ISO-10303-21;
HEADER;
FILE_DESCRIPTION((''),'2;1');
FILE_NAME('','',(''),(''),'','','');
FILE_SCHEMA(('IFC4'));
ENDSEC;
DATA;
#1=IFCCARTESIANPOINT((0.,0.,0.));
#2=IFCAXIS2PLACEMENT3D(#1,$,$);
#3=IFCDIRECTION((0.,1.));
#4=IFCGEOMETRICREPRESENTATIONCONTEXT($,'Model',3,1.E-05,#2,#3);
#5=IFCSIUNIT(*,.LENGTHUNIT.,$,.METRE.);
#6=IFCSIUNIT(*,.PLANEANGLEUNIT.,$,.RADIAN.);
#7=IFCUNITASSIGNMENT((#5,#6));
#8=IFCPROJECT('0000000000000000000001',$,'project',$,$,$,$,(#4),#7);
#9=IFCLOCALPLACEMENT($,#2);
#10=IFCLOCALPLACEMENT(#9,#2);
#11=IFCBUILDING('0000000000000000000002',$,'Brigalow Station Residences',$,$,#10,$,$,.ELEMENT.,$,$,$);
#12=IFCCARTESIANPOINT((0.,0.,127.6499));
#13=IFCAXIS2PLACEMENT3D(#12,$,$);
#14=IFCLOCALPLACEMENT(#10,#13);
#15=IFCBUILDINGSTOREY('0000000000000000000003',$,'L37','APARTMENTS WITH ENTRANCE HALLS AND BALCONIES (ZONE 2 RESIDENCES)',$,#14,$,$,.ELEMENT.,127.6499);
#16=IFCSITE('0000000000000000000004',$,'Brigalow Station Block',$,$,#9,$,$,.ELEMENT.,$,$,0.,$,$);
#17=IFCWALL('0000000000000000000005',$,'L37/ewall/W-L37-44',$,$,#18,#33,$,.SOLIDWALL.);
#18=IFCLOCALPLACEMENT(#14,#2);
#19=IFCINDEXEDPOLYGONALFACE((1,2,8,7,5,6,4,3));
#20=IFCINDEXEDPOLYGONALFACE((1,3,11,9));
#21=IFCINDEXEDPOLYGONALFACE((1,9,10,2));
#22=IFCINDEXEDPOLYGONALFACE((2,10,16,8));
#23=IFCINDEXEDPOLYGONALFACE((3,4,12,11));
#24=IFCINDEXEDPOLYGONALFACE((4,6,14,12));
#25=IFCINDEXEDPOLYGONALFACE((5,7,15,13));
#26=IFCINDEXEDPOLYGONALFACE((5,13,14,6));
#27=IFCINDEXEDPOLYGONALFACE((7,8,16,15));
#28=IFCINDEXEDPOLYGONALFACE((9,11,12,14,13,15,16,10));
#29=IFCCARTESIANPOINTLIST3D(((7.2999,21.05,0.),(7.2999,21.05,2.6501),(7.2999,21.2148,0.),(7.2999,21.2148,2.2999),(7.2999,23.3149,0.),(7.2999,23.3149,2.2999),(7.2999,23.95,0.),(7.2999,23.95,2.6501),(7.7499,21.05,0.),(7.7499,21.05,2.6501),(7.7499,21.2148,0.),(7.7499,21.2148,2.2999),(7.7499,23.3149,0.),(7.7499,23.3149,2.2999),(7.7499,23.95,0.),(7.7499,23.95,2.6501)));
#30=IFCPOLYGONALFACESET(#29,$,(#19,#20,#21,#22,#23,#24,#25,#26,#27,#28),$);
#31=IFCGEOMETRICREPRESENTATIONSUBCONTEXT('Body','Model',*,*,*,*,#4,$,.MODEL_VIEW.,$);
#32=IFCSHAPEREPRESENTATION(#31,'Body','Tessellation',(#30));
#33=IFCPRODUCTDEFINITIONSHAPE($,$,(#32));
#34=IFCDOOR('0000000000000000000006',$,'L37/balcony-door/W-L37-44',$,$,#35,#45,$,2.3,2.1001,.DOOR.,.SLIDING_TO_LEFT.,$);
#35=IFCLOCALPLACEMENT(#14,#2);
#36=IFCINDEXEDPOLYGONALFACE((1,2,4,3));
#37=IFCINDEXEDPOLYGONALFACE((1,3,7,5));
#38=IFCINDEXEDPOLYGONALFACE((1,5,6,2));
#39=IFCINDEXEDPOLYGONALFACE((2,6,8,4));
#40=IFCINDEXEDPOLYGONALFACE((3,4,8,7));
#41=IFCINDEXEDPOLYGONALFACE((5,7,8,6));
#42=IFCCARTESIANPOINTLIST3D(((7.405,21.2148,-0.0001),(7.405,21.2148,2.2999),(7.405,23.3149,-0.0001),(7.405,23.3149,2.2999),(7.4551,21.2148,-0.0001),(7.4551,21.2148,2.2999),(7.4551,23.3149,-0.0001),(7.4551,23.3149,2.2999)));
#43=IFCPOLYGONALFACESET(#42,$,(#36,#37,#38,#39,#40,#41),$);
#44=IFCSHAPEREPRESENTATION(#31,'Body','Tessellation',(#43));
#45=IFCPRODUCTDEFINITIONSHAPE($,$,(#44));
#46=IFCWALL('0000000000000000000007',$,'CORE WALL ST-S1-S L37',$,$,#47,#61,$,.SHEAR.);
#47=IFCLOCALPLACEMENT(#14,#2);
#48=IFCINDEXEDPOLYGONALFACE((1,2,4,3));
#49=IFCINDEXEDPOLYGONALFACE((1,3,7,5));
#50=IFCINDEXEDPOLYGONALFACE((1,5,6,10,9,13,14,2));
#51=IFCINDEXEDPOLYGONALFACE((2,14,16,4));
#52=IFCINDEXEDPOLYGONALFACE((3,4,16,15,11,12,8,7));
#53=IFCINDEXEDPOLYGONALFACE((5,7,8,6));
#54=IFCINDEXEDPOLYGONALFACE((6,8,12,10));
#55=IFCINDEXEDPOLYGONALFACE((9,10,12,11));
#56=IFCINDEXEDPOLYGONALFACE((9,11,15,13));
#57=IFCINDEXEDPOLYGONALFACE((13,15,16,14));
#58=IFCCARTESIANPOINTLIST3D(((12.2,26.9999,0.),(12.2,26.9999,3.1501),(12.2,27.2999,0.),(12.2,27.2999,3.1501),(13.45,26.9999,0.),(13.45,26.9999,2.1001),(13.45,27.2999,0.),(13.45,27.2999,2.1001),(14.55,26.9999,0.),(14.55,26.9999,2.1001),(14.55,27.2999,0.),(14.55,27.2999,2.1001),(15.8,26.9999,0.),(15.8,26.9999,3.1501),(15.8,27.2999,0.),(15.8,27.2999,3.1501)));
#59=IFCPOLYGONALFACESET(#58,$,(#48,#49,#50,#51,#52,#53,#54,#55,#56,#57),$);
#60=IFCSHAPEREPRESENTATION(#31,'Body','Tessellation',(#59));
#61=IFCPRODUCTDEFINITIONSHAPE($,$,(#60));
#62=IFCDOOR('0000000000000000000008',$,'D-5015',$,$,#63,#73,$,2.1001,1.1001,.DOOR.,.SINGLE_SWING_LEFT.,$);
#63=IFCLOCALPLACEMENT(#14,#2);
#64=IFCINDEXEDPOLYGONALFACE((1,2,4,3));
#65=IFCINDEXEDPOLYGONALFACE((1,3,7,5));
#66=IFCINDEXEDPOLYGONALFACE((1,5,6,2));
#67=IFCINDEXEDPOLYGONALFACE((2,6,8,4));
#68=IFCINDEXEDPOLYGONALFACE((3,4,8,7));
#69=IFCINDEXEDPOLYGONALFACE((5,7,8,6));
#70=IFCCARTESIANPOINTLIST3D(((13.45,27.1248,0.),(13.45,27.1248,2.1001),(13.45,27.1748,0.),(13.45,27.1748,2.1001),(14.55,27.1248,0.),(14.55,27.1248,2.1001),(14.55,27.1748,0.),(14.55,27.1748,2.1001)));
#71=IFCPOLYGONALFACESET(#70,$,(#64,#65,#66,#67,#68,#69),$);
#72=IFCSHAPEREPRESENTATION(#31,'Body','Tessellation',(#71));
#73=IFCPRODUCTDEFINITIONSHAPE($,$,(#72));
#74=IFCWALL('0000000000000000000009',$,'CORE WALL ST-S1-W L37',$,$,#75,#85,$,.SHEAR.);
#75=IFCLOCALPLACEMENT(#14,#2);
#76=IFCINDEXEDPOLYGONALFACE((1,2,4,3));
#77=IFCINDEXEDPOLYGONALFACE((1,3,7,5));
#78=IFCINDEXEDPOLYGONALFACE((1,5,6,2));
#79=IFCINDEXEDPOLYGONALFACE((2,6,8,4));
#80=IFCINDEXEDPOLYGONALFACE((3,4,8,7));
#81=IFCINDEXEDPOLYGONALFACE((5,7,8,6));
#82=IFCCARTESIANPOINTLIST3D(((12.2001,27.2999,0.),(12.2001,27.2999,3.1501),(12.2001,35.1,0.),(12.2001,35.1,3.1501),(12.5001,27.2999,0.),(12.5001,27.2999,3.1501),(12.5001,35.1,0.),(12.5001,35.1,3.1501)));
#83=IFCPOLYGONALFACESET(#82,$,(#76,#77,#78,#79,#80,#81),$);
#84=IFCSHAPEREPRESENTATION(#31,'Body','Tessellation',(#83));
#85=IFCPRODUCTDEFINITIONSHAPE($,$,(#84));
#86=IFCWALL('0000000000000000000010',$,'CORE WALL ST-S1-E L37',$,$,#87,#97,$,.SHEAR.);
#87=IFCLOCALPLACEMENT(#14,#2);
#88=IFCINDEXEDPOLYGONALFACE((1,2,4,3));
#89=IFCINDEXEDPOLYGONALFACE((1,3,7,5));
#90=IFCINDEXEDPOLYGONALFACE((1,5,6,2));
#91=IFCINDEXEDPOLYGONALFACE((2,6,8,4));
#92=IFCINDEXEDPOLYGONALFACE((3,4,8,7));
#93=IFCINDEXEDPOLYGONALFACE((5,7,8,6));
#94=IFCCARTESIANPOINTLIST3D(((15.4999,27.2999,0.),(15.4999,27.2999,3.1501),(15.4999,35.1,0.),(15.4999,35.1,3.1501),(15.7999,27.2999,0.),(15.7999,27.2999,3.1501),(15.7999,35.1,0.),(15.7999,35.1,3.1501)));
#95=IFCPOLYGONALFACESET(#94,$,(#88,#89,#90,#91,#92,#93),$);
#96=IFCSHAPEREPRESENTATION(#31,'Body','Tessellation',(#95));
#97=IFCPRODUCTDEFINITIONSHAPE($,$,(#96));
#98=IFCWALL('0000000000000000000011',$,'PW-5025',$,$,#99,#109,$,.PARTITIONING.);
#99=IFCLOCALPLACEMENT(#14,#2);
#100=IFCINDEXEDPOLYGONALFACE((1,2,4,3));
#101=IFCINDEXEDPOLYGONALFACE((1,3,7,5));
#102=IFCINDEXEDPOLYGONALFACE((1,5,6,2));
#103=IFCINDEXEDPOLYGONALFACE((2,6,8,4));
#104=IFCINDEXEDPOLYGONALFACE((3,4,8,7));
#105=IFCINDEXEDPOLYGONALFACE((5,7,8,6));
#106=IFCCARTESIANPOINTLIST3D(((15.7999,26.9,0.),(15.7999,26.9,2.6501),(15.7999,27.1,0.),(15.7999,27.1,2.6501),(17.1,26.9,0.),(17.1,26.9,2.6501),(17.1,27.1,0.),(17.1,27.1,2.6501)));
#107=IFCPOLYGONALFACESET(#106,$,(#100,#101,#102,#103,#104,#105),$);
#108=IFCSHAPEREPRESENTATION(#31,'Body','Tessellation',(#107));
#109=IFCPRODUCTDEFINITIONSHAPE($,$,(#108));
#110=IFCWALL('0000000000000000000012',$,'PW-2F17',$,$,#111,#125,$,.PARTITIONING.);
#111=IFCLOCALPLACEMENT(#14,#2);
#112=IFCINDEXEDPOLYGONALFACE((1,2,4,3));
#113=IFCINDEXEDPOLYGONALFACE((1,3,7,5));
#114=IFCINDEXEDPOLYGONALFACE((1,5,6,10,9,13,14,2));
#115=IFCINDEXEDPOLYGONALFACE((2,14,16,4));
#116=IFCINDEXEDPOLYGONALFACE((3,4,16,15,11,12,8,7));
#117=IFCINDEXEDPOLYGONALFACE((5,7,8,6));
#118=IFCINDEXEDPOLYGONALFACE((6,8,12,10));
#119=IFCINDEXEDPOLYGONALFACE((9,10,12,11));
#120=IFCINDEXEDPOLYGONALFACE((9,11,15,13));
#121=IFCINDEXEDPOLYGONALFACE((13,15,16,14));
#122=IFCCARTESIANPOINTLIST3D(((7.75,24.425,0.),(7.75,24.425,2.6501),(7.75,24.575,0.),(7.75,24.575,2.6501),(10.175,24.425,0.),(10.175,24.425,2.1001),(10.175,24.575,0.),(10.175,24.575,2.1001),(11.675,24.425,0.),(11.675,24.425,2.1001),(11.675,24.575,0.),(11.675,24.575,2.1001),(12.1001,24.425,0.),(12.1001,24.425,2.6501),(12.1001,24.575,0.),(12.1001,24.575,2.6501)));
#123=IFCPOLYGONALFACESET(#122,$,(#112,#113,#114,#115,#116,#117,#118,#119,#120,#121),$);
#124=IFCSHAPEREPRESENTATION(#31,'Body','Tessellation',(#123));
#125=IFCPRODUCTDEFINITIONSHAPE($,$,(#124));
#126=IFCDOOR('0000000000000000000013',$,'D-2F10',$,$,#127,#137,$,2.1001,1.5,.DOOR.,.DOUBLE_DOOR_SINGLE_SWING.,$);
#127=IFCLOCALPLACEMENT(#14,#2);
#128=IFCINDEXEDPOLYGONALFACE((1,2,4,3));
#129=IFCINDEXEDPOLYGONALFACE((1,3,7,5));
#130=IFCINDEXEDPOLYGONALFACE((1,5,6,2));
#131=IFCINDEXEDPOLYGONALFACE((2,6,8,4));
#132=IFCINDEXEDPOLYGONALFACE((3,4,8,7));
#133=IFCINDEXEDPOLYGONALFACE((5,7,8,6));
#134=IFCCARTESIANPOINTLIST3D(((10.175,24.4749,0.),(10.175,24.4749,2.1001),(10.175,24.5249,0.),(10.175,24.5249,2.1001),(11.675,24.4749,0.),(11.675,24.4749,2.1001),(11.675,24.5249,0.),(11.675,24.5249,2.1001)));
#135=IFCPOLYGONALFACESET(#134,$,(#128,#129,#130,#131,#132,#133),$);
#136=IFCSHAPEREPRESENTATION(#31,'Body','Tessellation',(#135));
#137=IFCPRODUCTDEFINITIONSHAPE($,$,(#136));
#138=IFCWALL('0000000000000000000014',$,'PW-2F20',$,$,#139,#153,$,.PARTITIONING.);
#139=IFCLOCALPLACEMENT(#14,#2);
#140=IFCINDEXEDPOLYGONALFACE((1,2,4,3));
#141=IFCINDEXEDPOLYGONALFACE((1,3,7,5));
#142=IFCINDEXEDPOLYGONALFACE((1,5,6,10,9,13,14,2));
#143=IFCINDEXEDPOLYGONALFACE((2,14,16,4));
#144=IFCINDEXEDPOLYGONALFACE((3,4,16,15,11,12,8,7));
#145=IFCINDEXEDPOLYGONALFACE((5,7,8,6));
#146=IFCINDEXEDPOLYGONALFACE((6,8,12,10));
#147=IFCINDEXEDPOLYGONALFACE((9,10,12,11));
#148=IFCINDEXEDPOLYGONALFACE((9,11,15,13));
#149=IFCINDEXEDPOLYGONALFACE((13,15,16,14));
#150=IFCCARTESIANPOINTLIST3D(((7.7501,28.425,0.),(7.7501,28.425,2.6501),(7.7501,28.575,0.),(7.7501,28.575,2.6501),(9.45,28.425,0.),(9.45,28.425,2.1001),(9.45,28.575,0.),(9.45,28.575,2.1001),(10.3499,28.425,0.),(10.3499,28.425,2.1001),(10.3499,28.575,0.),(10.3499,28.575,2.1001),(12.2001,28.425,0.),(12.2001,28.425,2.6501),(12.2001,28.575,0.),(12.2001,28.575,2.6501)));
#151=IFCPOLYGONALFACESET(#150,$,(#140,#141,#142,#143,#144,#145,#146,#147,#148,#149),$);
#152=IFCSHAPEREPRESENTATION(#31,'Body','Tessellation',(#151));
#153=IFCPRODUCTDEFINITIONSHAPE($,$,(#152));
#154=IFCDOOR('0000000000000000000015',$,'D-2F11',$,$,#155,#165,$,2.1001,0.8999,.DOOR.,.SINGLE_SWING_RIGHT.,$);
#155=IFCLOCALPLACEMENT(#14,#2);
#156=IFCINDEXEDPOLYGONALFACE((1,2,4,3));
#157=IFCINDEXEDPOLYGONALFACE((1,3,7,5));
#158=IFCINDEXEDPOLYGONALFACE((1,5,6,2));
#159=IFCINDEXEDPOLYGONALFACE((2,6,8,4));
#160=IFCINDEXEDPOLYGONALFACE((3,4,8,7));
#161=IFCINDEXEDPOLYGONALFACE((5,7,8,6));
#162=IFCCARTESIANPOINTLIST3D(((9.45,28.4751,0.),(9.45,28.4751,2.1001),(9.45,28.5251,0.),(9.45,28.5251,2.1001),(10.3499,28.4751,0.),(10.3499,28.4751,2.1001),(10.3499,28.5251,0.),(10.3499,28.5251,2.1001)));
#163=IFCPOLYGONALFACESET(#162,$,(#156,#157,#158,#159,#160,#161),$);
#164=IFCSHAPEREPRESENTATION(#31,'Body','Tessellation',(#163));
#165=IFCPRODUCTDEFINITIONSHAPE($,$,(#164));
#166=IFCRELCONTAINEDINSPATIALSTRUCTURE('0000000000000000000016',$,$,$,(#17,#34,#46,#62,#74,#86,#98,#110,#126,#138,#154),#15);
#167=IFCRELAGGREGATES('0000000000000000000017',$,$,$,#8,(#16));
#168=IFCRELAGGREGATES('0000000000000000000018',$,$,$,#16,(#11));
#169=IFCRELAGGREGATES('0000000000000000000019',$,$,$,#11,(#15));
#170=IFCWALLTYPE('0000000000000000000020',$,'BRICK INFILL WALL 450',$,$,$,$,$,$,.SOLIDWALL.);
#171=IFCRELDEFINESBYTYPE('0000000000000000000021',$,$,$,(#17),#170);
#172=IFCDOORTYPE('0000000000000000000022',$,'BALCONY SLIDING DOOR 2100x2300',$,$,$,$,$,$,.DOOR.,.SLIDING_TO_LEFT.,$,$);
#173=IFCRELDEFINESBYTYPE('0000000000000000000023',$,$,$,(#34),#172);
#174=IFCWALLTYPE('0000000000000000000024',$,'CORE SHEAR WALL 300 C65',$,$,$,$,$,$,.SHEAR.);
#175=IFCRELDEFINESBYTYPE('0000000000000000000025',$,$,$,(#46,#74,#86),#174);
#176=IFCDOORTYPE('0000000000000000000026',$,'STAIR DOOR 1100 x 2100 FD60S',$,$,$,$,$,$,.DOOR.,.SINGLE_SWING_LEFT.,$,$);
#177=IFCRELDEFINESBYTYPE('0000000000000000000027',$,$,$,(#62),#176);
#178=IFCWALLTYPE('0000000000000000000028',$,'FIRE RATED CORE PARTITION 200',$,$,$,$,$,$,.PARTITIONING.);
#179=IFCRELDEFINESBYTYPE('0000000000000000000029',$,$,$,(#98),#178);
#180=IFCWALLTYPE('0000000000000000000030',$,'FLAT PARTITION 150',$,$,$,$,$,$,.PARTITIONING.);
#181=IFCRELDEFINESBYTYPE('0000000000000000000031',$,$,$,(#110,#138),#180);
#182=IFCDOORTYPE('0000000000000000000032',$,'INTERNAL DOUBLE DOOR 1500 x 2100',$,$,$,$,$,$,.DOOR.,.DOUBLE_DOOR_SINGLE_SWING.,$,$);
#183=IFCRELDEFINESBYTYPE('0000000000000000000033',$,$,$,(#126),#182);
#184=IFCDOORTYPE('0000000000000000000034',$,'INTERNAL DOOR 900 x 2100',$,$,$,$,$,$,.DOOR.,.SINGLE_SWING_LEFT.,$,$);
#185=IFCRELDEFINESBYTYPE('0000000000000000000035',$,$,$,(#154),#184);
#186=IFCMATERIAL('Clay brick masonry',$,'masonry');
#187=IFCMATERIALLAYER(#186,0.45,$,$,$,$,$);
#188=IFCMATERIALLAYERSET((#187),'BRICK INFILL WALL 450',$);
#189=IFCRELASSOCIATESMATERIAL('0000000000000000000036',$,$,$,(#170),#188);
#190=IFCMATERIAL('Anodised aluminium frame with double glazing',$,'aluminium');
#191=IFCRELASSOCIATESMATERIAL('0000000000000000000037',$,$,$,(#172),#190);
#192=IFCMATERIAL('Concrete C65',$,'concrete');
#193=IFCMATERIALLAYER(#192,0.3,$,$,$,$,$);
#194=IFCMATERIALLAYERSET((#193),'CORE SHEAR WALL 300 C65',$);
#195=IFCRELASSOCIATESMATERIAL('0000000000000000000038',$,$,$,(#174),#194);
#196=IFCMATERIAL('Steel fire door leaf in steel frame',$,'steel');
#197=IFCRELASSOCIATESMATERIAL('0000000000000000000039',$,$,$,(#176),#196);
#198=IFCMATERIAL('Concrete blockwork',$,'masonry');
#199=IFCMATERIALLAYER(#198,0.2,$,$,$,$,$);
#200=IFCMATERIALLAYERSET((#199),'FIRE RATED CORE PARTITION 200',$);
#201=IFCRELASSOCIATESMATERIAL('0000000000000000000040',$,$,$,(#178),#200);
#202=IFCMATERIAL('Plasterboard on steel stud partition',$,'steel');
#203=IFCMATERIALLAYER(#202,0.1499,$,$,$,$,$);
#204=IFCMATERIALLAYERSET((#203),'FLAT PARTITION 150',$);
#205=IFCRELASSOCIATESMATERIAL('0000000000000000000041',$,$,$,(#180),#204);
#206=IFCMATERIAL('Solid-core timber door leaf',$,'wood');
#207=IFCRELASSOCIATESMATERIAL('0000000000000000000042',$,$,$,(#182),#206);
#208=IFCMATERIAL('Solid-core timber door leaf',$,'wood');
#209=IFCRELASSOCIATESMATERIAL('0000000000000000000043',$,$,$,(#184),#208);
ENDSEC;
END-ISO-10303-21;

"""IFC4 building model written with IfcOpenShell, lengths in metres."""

from ifc_helpers import new_model, si_unit, direction, frame, frame_2d, origin, place, context, subcontext, project, spatial, rectangle, extrude, material, layer, layer_set, type_object, element, fill, save


model = new_model("IFC4")

# Units and contexts
model_context = context("Model", 3, precision=1e-05, world=origin(), true_north=direction((0.0, 1.0)))
body_context = subcontext(model_context, "Body", "Model", "MODEL_VIEW")
ifc_project = project(units=[si_unit("LENGTHUNIT", "METRE"), si_unit("PLANEANGLEUNIT", "RADIAN")], contexts=[model_context])

# Site, building, storey
site_placement = place(None, origin())
site = spatial("IfcSite", under=ifc_project, at=site_placement, Name="Brigalow Station Block", CompositionType="ELEMENT", RefElevation=0.0)
building_placement = place(site_placement, origin())
building = spatial("IfcBuilding", under=site, at=building_placement, Name="Brigalow Station Residences", CompositionType="ELEMENT")
storey_placement = place(building_placement, frame((0.0, 0.0, 127.6499)))
storey = spatial("IfcBuildingStorey", under=building, at=storey_placement, Name="L37", Description="APARTMENTS WITH ENTRANCE HALLS AND BALCONIES (ZONE 2 RESIDENCES)", CompositionType="ELEMENT", Elevation=127.6499)

# Shared definitions
ifc_material_1 = material(Name="Clay brick masonry", Category="masonry")
ifc_layer_1 = layer(ifc_material_1, 0.45)
ifc_layer_set_1 = layer_set([ifc_layer_1], Name="BRICK INFILL WALL 450")
wall_type_1 = type_object("IfcWallType", Name="BRICK INFILL WALL 450", PredefinedType="SOLIDWALL", material=ifc_layer_set_1)

# Walls, openings, doors
wall_1_placement = place(storey_placement, frame((7.5249, 23.95, 0.0), z_axis=(0.0, 0.0, 1.0), x_axis=(0.0, -1.0, 0.0)))
wall_1 = element("IfcWall", 1, at=wall_1_placement, inside=storey, type_object=wall_type_1, Name="L37/ewall/W-L37-44", PredefinedType="SOLIDWALL", context=body_context, shape_type="SweptSolid", body=[
    extrude(rectangle(XDim=2.8999, YDim=0.45, at=frame_2d((1.45, 0.0))), origin(), (0.0, 0.0, 1.0), 2.6501),
])
opening_1_placement = place(wall_1_placement, frame((0.635, 0.0, 0.0)))
opening_1 = element("IfcOpeningElement", 2, at=opening_1_placement, cuts=wall_1, PredefinedType="OPENING", context=body_context, shape_type="SweptSolid", body=[
    extrude(rectangle(XDim=2.1001, YDim=2.3, at=frame_2d((1.05, 1.1499))), frame((0.0, 0.2349, 0.0), z_axis=(0.0, -1.0, 0.0), x_axis=(1.0, 0.0, 0.0)), (0.0, 0.0, 1.0), 0.47),
])
ifc_material_2 = material(Name="Anodised aluminium frame with double glazing", Category="aluminium")
door_type_1 = type_object("IfcDoorType", Name="BALCONY SLIDING DOOR 2100x2300", OperationType="SLIDING_TO_LEFT", PredefinedType="DOOR", material=ifc_material_2)
door_1_placement = place(opening_1_placement, origin())
door_1 = element("IfcDoor", 3, at=door_1_placement, inside=storey, type_object=door_type_1, Name="L37/balcony-door/W-L37-44", OperationType="SLIDING_TO_LEFT", OverallHeight=2.3, OverallWidth=2.1001, PredefinedType="DOOR", context=body_context, shape_type="SweptSolid", body=[
    extrude(rectangle(XDim=2.1001, YDim=2.3, at=frame_2d((1.05, 1.1499))), frame((0.0, -0.0698, 0.0), z_axis=(0.0, -1.0, 0.0), x_axis=(1.0, 0.0, 0.0)), (0.0, 0.0, 1.0), 0.05),
])
fill(opening_1, door_1)
ifc_material_3 = material(Name="Concrete C65", Category="concrete")
ifc_layer_2 = layer(ifc_material_3, 0.3)
ifc_layer_set_2 = layer_set([ifc_layer_2], Name="CORE SHEAR WALL 300 C65")
wall_type_2 = type_object("IfcWallType", Name="CORE SHEAR WALL 300 C65", PredefinedType="SHEAR", material=ifc_layer_set_2)
wall_2_placement = place(storey_placement, frame((12.2, 27.1499, 0.0), z_axis=(0.0, 0.0, 1.0), x_axis=(1.0, 0.0, 0.0)))
wall_2 = element("IfcWall", 4, at=wall_2_placement, inside=storey, type_object=wall_type_2, Name="CORE WALL ST-S1-S L37", PredefinedType="SHEAR", context=body_context, shape_type="SweptSolid", body=[
    extrude(rectangle(XDim=3.6001, YDim=0.3, at=frame_2d((1.8, 0.0))), origin(), (0.0, 0.0, 1.0), 3.1501),
])
opening_2_placement = place(wall_2_placement, frame((1.25, 0.0, 0.0)))
opening_2 = element("IfcOpeningElement", 5, at=opening_2_placement, cuts=wall_2, PredefinedType="OPENING", context=body_context, shape_type="SweptSolid", body=[
    extrude(rectangle(XDim=1.1001, YDim=2.1001, at=frame_2d((0.55, 1.05))), frame((0.0, 0.1602, 0.0), z_axis=(0.0, -1.0, 0.0), x_axis=(1.0, 0.0, 0.0)), (0.0, 0.0, 1.0), 0.3201),
])
ifc_material_4 = material(Name="Steel fire door leaf in steel frame", Category="steel")
door_type_2 = type_object("IfcDoorType", Name="STAIR DOOR 1100 x 2100 FD60S", OperationType="SINGLE_SWING_LEFT", PredefinedType="DOOR", material=ifc_material_4)
door_2_placement = place(opening_2_placement, origin())
door_2 = element("IfcDoor", 6, at=door_2_placement, inside=storey, type_object=door_type_2, Name="D-5015", OperationType="SINGLE_SWING_LEFT", OverallHeight=2.1001, OverallWidth=1.1001, PredefinedType="DOOR", context=body_context, shape_type="SweptSolid", body=[
    extrude(rectangle(XDim=1.1001, YDim=2.1001, at=frame_2d((0.55, 1.05))), frame((0.0, 0.0249, 0.0), z_axis=(0.0, -1.0, 0.0), x_axis=(1.0, 0.0, 0.0)), (0.0, 0.0, 1.0), 0.05),
])
fill(opening_2, door_2)

# Walls
for number, where, z_axis, x_axis, name in (
    (7, (12.3501, 27.3, 0.0), (0.0, 0.0, 1.0), (0.0, 1.0, 0.0), "CORE WALL ST-S1-W L37"),
    (8, (15.6499, 27.3, 0.0), (0.0, 0.0, 1.0), (0.0, 1.0, 0.0), "CORE WALL ST-S1-E L37"),
):
    element("IfcWall", number, at=place(storey_placement, frame(where, z_axis=z_axis, x_axis=x_axis)), inside=storey, type_object=wall_type_2, Name=name, PredefinedType="SHEAR", context=body_context, shape_type="SweptSolid", body=[
        extrude(rectangle(XDim=7.8, YDim=0.3, at=frame_2d((3.8999, 0.0))), origin(), (0.0, 0.0, 1.0), 3.1501),
    ])
ifc_material_5 = material(Name="Concrete blockwork", Category="masonry")
ifc_layer_3 = layer(ifc_material_5, 0.2)
ifc_layer_set_3 = layer_set([ifc_layer_3], Name="FIRE RATED CORE PARTITION 200")
wall_type_3 = type_object("IfcWallType", Name="FIRE RATED CORE PARTITION 200", PredefinedType="PARTITIONING", material=ifc_layer_set_3)
wall_3_placement = place(storey_placement, frame((15.8, 27.0, 0.0), z_axis=(0.0, 0.0, 1.0), x_axis=(1.0, 0.0, 0.0)))
element("IfcWall", 9, at=wall_3_placement, inside=storey, type_object=wall_type_3, Name="PW-5025", PredefinedType="PARTITIONING", context=body_context, shape_type="SweptSolid", body=[
    extrude(rectangle(XDim=1.3, YDim=0.2, at=frame_2d((0.6499, 0.0))), origin(), (0.0, 0.0, 1.0), 2.6501),
])

# Walls, openings, doors
ifc_material_6 = material(Name="Plasterboard on steel stud partition", Category="steel")
ifc_layer_4 = layer(ifc_material_6, 0.1499)
ifc_layer_set_4 = layer_set([ifc_layer_4], Name="FLAT PARTITION 150")
wall_type_4 = type_object("IfcWallType", Name="FLAT PARTITION 150", PredefinedType="PARTITIONING", material=ifc_layer_set_4)
wall_4_placement = place(storey_placement, frame((7.75, 24.5, 0.0), z_axis=(0.0, 0.0, 1.0), x_axis=(1.0, 0.0, 0.0)))
wall_4 = element("IfcWall", 10, at=wall_4_placement, inside=storey, type_object=wall_type_4, Name="PW-2F17", PredefinedType="PARTITIONING", context=body_context, shape_type="SweptSolid", body=[
    extrude(rectangle(XDim=4.3501, YDim=0.1499, at=frame_2d((2.175, 0.0))), origin(), (0.0, 0.0, 1.0), 2.6501),
])
opening_3_placement = place(wall_4_placement, frame((2.425, 0.0, 0.0)))
opening_3 = element("IfcOpeningElement", 11, at=opening_3_placement, cuts=wall_4, PredefinedType="OPENING", context=body_context, shape_type="SweptSolid", body=[
    extrude(rectangle(XDim=1.5, YDim=2.1001, at=frame_2d((0.75, 1.05))), frame((0.0, 0.085, 0.0), z_axis=(0.0, -1.0, 0.0), x_axis=(1.0, 0.0, 0.0)), (0.0, 0.0, 1.0), 0.1699),
])
ifc_material_7 = material(Name="Solid-core timber door leaf", Category="wood")
door_type_3 = type_object("IfcDoorType", Name="INTERNAL DOUBLE DOOR 1500 x 2100", OperationType="DOUBLE_DOOR_SINGLE_SWING", PredefinedType="DOOR", material=ifc_material_7)
door_3_placement = place(opening_3_placement, origin())
door_3 = element("IfcDoor", 12, at=door_3_placement, inside=storey, type_object=door_type_3, Name="D-2F10", OperationType="DOUBLE_DOOR_SINGLE_SWING", OverallHeight=2.1001, OverallWidth=1.5, PredefinedType="DOOR", context=body_context, shape_type="SweptSolid", body=[
    extrude(rectangle(XDim=1.5, YDim=2.1001, at=frame_2d((0.75, 1.05))), frame((0.0, 0.0249, 0.0), z_axis=(0.0, -1.0, 0.0), x_axis=(1.0, 0.0, 0.0)), (0.0, 0.0, 1.0), 0.05),
])
fill(opening_3, door_3)
wall_5_placement = place(storey_placement, frame((7.75, 28.5, 0.0), z_axis=(0.0, 0.0, 1.0), x_axis=(1.0, 0.0, 0.0)))
wall_5 = element("IfcWall", 13, at=wall_5_placement, inside=storey, type_object=wall_type_4, Name="PW-2F20", PredefinedType="PARTITIONING", context=body_context, shape_type="SweptSolid", body=[
    extrude(rectangle(XDim=4.45, YDim=0.1499, at=frame_2d((2.2251, 0.0))), origin(), (0.0, 0.0, 1.0), 2.6501),
])
opening_4_placement = place(wall_5_placement, frame((1.7, 0.0, 0.0)))
opening_4 = element("IfcOpeningElement", 14, at=opening_4_placement, cuts=wall_5, PredefinedType="OPENING", context=body_context, shape_type="SweptSolid", body=[
    extrude(rectangle(XDim=0.8999, YDim=2.1001, at=frame_2d((0.45, 1.05))), frame((0.0, 0.085, 0.0), z_axis=(0.0, -1.0, 0.0), x_axis=(1.0, 0.0, 0.0)), (0.0, 0.0, 1.0), 0.1699),
])
ifc_material_8 = material(Name="Solid-core timber door leaf", Category="wood")
door_type_4 = type_object("IfcDoorType", Name="INTERNAL DOOR 900 x 2100", OperationType="SINGLE_SWING_LEFT", PredefinedType="DOOR", material=ifc_material_8)
door_4_placement = place(opening_4_placement, frame((0.8999, 0.0, 0.0), z_axis=(0.0, 0.0, 1.0), x_axis=(-1.0, 0.0, 0.0)))
door_4 = element("IfcDoor", 15, at=door_4_placement, inside=storey, type_object=door_type_4, Name="D-2F11", OperationType="SINGLE_SWING_RIGHT", OverallHeight=2.1001, OverallWidth=0.8999, PredefinedType="DOOR", context=body_context, shape_type="SweptSolid", body=[
    extrude(rectangle(XDim=0.8999, YDim=2.1001, at=frame_2d((0.45, 1.05))), frame((0.0, 0.0249, 0.0), z_axis=(0.0, -1.0, 0.0), x_axis=(1.0, 0.0, 0.0)), (0.0, 0.0, 1.0), 0.05),
])
fill(opening_4, door_4)

save(model, "model.ifc")
